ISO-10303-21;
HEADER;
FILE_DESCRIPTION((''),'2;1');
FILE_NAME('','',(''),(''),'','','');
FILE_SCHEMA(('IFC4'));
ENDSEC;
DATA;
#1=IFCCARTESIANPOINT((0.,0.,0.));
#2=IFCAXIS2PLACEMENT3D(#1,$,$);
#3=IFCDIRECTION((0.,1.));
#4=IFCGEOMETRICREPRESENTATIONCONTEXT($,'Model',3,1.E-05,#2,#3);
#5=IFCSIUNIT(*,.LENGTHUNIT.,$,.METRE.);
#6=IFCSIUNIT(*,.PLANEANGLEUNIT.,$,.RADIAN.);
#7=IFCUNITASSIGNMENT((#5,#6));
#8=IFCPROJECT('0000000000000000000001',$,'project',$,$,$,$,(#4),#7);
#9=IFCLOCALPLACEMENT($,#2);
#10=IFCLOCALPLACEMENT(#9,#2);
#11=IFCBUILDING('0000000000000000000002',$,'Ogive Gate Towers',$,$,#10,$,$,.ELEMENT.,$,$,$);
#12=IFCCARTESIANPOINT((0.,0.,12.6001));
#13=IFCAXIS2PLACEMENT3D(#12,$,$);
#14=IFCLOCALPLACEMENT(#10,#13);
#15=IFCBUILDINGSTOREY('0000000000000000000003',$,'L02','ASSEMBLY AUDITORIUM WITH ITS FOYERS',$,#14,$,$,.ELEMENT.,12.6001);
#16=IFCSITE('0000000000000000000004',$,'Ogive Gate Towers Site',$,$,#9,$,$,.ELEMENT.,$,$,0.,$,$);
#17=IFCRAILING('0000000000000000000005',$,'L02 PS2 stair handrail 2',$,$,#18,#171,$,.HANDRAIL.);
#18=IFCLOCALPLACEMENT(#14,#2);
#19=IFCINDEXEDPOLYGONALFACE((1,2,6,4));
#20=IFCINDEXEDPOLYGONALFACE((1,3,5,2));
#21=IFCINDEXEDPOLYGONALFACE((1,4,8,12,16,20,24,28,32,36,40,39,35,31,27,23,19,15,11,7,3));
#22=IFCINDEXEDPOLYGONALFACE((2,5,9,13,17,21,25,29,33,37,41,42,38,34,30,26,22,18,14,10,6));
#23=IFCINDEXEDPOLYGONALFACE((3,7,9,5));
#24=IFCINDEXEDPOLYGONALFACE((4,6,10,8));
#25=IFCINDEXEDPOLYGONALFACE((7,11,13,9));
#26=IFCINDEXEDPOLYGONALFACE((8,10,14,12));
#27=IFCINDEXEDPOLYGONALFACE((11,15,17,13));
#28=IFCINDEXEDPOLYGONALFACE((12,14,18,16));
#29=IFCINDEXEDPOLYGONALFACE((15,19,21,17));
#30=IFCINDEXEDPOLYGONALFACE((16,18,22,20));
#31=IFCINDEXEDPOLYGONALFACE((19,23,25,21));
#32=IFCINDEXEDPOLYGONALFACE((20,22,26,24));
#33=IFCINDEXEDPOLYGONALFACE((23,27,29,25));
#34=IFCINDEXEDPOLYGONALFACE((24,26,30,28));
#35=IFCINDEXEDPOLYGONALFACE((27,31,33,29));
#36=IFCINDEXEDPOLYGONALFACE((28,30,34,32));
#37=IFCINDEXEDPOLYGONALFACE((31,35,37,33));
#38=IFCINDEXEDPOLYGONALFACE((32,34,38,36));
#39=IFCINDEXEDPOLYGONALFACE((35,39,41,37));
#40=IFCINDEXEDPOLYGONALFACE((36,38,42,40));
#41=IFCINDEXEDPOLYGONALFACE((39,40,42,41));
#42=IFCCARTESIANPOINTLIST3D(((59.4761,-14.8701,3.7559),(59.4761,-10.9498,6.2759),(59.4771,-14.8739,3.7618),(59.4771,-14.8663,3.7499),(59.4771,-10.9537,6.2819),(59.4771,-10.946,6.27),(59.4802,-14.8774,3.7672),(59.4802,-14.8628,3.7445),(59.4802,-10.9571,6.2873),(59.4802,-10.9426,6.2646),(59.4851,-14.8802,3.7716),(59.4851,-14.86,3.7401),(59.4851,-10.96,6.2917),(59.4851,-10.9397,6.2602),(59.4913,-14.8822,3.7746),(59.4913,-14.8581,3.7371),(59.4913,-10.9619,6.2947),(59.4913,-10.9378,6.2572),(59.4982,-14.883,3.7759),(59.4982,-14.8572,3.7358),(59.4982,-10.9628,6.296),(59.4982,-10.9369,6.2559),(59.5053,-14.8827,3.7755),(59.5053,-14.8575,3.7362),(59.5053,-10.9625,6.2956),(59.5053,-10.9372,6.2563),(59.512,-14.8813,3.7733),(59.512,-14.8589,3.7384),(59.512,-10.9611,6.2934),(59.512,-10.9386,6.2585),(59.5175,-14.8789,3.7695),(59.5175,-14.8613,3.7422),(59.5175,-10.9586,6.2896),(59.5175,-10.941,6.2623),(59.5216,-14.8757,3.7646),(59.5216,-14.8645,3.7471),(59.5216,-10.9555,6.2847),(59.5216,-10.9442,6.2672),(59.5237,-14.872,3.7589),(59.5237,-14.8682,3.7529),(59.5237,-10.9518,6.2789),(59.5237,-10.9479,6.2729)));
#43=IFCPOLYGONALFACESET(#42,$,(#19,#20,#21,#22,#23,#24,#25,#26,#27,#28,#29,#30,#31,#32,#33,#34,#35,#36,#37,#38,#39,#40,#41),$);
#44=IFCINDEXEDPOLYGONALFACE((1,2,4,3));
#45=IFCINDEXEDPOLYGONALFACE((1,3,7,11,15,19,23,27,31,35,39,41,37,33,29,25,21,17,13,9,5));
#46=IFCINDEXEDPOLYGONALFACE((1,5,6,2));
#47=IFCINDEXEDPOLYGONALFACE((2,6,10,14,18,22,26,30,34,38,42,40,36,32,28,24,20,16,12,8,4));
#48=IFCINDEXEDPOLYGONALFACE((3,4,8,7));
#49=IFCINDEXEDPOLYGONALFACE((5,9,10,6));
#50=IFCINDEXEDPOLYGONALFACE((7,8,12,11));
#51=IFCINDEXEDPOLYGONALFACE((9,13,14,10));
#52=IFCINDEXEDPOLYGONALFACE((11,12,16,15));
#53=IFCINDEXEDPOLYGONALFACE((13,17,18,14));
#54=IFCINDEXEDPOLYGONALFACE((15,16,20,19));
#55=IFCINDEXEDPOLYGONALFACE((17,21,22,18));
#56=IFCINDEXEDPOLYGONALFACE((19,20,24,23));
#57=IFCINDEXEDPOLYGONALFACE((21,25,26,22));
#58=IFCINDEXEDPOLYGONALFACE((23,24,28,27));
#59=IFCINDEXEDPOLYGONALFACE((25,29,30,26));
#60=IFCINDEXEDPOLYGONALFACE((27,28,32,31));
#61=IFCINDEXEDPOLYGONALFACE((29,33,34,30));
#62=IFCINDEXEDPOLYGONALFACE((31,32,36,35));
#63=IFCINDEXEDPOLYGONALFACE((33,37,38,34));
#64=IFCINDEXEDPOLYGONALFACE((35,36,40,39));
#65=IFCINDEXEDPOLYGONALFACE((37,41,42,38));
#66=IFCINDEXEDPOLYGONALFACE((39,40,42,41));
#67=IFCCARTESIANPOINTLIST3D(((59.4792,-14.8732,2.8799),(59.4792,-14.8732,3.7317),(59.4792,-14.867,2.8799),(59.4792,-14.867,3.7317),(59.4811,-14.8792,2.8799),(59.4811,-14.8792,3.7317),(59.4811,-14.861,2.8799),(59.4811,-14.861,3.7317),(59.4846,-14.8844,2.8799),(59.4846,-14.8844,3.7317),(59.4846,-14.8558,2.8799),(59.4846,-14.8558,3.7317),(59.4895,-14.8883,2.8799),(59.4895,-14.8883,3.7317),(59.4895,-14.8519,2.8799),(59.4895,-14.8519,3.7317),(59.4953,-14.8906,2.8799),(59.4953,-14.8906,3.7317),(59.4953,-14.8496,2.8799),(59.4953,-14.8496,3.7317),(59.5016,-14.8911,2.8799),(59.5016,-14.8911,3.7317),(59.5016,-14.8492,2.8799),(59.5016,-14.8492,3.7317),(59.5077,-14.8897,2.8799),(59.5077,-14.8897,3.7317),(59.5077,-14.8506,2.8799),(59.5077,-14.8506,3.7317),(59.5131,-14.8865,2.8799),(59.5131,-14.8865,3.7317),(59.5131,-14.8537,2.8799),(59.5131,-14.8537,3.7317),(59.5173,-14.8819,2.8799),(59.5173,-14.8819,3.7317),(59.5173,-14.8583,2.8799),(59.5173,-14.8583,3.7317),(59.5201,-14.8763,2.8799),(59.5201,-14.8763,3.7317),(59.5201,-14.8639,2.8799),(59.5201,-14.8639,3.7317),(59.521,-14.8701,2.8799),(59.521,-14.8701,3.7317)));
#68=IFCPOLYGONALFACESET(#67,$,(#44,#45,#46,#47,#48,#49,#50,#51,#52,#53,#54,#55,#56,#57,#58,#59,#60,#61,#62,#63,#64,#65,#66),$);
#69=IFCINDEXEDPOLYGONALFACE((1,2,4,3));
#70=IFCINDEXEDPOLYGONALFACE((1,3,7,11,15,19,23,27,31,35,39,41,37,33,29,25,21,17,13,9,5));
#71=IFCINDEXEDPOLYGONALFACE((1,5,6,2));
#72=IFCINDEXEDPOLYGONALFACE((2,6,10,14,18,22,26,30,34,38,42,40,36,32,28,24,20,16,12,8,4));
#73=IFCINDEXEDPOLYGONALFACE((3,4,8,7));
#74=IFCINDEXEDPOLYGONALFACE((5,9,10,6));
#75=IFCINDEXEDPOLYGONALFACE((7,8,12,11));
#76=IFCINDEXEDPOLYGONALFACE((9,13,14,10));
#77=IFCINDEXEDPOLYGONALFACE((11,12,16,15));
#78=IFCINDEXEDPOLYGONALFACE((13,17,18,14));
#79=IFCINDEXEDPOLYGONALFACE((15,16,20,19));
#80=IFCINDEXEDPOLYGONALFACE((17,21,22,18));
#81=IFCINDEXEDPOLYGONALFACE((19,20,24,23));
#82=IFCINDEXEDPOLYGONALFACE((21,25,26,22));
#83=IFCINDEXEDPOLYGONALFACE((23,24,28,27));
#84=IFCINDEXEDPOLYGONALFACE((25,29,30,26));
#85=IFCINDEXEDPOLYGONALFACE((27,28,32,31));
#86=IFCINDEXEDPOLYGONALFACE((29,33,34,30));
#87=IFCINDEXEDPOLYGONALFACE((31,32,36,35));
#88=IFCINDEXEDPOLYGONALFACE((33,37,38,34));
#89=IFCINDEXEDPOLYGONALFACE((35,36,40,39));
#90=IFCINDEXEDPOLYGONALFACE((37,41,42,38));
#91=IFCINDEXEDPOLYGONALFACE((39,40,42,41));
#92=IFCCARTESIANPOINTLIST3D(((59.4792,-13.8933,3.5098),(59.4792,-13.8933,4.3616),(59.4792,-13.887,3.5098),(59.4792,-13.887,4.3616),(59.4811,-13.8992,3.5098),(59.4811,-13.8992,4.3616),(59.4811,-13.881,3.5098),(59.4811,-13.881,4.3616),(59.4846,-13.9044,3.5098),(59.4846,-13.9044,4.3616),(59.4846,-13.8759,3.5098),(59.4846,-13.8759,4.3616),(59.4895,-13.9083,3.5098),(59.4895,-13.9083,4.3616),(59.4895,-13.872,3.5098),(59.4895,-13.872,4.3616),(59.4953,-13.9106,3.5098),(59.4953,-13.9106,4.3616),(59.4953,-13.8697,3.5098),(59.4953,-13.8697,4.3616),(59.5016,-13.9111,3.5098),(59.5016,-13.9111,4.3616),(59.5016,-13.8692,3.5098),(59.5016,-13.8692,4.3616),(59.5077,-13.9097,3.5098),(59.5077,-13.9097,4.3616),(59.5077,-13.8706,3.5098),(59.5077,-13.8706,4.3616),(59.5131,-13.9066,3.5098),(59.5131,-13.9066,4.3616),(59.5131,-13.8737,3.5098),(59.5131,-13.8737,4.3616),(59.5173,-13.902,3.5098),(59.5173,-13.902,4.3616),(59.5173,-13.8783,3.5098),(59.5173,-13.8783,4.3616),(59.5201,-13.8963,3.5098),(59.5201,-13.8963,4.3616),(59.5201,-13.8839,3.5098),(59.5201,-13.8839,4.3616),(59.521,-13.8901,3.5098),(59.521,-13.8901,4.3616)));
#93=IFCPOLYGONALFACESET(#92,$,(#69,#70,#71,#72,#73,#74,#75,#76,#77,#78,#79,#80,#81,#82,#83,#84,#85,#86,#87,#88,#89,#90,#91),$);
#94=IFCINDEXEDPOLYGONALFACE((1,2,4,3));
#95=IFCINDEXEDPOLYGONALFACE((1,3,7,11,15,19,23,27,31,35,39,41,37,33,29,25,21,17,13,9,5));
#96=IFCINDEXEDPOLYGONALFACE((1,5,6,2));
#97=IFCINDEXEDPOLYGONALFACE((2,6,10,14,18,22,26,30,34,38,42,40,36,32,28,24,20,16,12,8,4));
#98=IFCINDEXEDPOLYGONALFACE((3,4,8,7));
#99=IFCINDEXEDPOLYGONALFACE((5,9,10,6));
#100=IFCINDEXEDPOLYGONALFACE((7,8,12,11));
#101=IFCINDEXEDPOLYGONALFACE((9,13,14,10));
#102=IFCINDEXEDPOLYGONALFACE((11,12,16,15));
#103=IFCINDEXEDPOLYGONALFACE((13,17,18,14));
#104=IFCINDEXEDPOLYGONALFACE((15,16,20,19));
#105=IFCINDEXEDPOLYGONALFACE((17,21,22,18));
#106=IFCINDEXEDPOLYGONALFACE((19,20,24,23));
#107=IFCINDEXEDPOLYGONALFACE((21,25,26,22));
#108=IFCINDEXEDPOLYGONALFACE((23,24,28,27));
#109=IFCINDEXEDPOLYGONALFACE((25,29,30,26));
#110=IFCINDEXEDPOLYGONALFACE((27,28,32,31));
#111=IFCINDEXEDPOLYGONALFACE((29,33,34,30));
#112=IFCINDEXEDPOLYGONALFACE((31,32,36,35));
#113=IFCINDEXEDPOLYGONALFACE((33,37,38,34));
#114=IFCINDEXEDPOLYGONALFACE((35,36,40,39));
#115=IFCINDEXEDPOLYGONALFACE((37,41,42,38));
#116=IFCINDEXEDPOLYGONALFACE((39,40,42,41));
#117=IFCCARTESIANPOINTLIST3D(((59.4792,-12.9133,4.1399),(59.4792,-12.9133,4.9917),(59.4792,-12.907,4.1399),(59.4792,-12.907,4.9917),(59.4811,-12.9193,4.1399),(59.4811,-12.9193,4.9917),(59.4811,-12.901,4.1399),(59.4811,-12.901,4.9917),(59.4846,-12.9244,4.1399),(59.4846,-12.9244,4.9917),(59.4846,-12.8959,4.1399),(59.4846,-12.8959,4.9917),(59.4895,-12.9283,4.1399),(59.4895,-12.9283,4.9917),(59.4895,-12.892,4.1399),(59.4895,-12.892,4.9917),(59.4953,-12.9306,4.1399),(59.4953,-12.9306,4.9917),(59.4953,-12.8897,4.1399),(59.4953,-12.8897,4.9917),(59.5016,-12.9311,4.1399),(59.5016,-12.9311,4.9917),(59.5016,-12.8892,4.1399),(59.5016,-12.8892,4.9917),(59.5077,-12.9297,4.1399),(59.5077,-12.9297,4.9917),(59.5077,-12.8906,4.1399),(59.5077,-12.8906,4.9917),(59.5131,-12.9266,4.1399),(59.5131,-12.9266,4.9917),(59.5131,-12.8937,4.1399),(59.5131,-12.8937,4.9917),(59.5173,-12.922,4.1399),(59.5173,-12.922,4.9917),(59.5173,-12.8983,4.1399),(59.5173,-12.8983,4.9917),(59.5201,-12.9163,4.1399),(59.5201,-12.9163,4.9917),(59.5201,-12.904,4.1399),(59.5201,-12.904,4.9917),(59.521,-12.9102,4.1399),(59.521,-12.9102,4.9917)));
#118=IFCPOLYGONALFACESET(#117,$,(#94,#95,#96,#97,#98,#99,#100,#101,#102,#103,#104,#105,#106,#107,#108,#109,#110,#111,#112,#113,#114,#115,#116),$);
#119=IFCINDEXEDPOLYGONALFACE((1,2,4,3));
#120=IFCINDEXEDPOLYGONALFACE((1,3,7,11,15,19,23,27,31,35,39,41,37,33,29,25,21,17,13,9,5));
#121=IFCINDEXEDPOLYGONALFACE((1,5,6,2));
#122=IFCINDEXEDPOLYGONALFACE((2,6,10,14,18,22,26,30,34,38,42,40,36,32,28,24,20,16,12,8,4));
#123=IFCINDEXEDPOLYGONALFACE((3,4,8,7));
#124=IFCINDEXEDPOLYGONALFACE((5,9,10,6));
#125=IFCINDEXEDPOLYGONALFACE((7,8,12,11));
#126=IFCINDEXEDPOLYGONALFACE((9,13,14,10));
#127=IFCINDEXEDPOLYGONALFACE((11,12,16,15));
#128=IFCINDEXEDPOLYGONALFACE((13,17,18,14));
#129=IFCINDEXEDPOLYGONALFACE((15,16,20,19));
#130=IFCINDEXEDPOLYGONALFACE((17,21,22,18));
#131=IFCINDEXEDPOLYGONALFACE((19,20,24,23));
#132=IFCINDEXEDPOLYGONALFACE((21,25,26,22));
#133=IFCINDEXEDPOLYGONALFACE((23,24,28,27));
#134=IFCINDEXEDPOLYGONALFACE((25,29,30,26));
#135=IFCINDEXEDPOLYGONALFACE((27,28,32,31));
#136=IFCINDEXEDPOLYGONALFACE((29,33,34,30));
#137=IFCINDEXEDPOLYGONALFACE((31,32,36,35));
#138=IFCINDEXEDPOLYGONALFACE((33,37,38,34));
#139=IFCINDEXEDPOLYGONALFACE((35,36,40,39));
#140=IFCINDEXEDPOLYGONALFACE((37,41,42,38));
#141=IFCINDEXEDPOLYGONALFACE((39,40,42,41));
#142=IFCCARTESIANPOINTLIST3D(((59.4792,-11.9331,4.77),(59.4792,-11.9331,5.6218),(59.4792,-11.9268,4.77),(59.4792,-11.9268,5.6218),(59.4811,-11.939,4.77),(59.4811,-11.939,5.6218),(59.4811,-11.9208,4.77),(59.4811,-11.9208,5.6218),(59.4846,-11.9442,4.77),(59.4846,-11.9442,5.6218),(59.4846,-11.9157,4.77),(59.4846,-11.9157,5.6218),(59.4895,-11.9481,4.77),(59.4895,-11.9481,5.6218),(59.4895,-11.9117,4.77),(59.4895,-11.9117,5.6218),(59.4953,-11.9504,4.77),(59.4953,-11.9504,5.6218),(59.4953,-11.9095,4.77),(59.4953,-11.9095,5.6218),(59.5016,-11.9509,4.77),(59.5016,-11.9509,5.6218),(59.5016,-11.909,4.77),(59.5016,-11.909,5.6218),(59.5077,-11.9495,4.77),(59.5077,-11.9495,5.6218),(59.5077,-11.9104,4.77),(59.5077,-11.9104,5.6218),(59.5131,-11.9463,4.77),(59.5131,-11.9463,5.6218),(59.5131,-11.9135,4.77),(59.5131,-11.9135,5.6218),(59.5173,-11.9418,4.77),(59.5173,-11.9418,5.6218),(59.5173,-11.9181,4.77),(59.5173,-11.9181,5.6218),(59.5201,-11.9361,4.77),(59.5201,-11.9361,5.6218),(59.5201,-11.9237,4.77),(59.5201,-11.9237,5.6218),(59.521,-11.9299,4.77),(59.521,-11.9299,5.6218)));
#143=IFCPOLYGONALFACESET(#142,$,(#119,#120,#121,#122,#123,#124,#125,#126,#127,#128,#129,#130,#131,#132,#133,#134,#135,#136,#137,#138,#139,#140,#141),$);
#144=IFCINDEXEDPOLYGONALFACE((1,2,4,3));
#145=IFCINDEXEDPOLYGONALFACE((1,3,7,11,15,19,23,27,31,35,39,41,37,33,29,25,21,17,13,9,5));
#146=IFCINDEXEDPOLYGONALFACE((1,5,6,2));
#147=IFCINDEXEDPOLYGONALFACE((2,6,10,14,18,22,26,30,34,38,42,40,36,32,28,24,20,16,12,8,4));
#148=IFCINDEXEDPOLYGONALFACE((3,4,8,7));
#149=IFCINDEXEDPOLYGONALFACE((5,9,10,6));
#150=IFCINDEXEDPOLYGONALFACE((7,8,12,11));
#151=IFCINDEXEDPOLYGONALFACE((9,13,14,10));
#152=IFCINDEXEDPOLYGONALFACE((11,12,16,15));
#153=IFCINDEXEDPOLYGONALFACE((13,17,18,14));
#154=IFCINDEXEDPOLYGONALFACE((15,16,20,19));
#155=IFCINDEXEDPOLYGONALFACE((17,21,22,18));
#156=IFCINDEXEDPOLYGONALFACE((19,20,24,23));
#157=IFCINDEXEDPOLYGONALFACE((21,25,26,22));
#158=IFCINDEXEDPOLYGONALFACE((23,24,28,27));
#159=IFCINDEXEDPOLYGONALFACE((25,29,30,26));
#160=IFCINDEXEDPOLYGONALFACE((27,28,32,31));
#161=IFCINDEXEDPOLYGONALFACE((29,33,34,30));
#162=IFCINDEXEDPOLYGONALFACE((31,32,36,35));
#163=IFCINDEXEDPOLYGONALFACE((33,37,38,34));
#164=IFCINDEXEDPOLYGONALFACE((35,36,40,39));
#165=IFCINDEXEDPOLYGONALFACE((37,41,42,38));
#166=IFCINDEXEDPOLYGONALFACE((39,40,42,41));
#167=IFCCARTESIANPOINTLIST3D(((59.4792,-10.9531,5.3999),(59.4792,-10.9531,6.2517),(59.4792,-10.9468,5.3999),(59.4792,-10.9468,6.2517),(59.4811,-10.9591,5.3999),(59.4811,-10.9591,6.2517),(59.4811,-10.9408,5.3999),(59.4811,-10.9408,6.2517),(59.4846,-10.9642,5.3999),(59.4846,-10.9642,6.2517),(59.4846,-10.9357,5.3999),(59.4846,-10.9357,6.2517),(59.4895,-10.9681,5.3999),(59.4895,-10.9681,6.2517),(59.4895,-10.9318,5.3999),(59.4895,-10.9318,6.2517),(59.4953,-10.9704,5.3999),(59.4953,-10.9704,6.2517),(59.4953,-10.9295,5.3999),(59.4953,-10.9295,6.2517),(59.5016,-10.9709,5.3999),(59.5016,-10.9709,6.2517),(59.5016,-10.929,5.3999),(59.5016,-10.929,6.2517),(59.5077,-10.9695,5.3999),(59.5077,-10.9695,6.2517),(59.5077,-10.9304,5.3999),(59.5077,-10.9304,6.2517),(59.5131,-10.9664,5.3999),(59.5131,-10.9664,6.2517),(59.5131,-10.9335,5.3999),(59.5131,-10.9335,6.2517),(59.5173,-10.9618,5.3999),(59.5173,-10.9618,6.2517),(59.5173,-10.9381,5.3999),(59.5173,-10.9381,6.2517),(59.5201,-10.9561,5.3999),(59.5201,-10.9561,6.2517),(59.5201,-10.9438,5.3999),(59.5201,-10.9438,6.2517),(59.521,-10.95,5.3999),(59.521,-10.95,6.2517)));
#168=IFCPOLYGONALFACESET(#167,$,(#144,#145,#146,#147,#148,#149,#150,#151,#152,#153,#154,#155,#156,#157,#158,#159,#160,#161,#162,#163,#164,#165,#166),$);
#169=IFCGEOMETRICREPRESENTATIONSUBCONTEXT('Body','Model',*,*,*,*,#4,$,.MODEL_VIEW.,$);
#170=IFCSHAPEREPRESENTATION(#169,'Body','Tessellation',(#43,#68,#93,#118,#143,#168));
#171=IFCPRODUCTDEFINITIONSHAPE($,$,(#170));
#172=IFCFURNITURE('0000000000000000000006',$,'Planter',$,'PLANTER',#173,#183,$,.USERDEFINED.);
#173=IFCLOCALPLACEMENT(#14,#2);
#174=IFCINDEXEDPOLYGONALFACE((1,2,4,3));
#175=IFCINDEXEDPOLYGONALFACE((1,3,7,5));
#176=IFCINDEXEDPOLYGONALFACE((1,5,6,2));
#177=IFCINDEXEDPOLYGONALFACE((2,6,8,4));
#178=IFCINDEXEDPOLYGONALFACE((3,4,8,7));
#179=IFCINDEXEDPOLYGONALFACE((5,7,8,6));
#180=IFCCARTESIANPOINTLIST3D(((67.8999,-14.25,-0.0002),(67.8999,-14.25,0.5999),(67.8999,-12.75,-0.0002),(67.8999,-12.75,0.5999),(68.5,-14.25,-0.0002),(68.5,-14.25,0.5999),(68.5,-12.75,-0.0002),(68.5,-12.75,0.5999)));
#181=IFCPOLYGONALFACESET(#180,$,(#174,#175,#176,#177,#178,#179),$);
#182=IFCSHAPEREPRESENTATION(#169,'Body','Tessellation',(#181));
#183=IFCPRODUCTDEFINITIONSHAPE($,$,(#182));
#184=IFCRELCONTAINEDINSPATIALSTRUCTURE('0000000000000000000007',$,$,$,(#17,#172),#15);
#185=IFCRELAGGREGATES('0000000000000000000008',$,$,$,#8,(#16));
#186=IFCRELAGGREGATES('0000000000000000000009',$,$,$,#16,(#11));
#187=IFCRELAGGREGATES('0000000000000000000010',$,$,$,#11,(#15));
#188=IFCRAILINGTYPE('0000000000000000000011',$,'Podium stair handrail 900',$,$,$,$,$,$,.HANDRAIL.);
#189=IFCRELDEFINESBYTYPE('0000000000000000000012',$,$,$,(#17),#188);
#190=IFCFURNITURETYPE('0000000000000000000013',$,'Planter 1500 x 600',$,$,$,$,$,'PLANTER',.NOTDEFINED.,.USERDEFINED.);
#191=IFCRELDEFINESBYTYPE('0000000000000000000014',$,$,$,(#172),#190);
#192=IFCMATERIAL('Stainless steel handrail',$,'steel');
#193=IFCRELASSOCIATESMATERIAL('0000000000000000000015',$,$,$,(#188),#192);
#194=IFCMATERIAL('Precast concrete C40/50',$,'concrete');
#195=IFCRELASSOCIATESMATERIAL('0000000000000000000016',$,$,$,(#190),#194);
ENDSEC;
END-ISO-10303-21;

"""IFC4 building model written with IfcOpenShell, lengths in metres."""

from ifc_helpers import new_model, si_unit, direction, frame, origin, origin_2d, place, context, subcontext, project, spatial, rectangle, circle, extrude, material, type_object, element, save


model = new_model("IFC4")

# Units and contexts
model_context = context("Model", 3, precision=1e-05, world=origin(), true_north=direction((0.0, 1.0)))
body_context = subcontext(model_context, "Body", "Model", "MODEL_VIEW")
ifc_project = project(units=[si_unit("LENGTHUNIT", "METRE"), si_unit("PLANEANGLEUNIT", "RADIAN")], contexts=[model_context])

# Site, building, storey
site_placement = place(None, origin())
site = spatial("IfcSite", under=ifc_project, at=site_placement, Name="Ogive Gate Towers Site", CompositionType="ELEMENT", RefElevation=0.0)
building_placement = place(site_placement, origin())
building = spatial("IfcBuilding", under=site, at=building_placement, Name="Ogive Gate Towers", CompositionType="ELEMENT")
storey_placement = place(building_placement, frame((0.0, 0.0, 12.6001)))
storey = spatial("IfcBuildingStorey", under=building, at=storey_placement, Name="L02", Description="ASSEMBLY AUDITORIUM WITH ITS FOYERS", CompositionType="ELEMENT", Elevation=12.6001)

# Shared definitions
ifc_material_1 = material(Name="Precast concrete C40/50", Category="concrete")

# Railing
ifc_material_2 = material(Name="Stainless steel handrail", Category="steel")
railing_type_1 = type_object("IfcRailingType", Name="Podium stair handrail 900", PredefinedType="HANDRAIL", material=ifc_material_2)
railing_1_placement = place(storey_placement, frame((59.5, -14.8701, 2.8799)))
element("IfcRailing", 1, at=railing_1_placement, inside=storey, type_object=railing_type_1, Name="L02 PS2 stair handrail 2", PredefinedType="HANDRAIL", context=body_context, shape_type="SweptSolid", body=[
    extrude(circle(Radius=0.0239, at=origin_2d()), frame((0.0, 0.0, 0.876), z_axis=(0.0, 0.841187, 0.540744), x_axis=(-1.0, 0.0, 0.0)), (0.0, 0.0, 1.0), 4.6604),
    extrude(circle(Radius=0.021, at=origin_2d()), origin(), (0.0, 0.0, 1.0), 0.8518),
    extrude(circle(Radius=0.021, at=origin_2d()), frame((0.0, 0.98, 0.6299)), (0.0, 0.0, 1.0), 0.8518),
    extrude(circle(Radius=0.021, at=origin_2d()), frame((0.0, 1.96, 1.26)), (0.0, 0.0, 1.0), 0.8518),
    extrude(circle(Radius=0.021, at=origin_2d()), frame((0.0, 2.9402, 1.8901)), (0.0, 0.0, 1.0), 0.8518),
    extrude(circle(Radius=0.021, at=origin_2d()), frame((0.0, 3.9202, 2.52)), (0.0, 0.0, 1.0), 0.8518),
])

# Furniture
furniture_type = type_object("IfcFurnitureType", Name="Planter 1500 x 600", ElementType="PLANTER", AssemblyPlace="NOTDEFINED", PredefinedType="USERDEFINED", material=ifc_material_1)
furniture_placement = place(storey_placement, frame((68.2, -13.5, -0.0002), z_axis=(0.0, 0.0, 1.0), x_axis=(0.0, 1.0, 0.0)))
element("IfcFurniture", 2, at=furniture_placement, inside=storey, type_object=furniture_type, Name="Planter", ObjectType="PLANTER", PredefinedType="USERDEFINED", context=body_context, shape_type="SweptSolid", body=[
    extrude(rectangle(XDim=1.5, YDim=0.6001, at=origin_2d()), origin(), (0.0, 0.0, 1.0), 0.6001),
])

save(model, "model.ifc")
